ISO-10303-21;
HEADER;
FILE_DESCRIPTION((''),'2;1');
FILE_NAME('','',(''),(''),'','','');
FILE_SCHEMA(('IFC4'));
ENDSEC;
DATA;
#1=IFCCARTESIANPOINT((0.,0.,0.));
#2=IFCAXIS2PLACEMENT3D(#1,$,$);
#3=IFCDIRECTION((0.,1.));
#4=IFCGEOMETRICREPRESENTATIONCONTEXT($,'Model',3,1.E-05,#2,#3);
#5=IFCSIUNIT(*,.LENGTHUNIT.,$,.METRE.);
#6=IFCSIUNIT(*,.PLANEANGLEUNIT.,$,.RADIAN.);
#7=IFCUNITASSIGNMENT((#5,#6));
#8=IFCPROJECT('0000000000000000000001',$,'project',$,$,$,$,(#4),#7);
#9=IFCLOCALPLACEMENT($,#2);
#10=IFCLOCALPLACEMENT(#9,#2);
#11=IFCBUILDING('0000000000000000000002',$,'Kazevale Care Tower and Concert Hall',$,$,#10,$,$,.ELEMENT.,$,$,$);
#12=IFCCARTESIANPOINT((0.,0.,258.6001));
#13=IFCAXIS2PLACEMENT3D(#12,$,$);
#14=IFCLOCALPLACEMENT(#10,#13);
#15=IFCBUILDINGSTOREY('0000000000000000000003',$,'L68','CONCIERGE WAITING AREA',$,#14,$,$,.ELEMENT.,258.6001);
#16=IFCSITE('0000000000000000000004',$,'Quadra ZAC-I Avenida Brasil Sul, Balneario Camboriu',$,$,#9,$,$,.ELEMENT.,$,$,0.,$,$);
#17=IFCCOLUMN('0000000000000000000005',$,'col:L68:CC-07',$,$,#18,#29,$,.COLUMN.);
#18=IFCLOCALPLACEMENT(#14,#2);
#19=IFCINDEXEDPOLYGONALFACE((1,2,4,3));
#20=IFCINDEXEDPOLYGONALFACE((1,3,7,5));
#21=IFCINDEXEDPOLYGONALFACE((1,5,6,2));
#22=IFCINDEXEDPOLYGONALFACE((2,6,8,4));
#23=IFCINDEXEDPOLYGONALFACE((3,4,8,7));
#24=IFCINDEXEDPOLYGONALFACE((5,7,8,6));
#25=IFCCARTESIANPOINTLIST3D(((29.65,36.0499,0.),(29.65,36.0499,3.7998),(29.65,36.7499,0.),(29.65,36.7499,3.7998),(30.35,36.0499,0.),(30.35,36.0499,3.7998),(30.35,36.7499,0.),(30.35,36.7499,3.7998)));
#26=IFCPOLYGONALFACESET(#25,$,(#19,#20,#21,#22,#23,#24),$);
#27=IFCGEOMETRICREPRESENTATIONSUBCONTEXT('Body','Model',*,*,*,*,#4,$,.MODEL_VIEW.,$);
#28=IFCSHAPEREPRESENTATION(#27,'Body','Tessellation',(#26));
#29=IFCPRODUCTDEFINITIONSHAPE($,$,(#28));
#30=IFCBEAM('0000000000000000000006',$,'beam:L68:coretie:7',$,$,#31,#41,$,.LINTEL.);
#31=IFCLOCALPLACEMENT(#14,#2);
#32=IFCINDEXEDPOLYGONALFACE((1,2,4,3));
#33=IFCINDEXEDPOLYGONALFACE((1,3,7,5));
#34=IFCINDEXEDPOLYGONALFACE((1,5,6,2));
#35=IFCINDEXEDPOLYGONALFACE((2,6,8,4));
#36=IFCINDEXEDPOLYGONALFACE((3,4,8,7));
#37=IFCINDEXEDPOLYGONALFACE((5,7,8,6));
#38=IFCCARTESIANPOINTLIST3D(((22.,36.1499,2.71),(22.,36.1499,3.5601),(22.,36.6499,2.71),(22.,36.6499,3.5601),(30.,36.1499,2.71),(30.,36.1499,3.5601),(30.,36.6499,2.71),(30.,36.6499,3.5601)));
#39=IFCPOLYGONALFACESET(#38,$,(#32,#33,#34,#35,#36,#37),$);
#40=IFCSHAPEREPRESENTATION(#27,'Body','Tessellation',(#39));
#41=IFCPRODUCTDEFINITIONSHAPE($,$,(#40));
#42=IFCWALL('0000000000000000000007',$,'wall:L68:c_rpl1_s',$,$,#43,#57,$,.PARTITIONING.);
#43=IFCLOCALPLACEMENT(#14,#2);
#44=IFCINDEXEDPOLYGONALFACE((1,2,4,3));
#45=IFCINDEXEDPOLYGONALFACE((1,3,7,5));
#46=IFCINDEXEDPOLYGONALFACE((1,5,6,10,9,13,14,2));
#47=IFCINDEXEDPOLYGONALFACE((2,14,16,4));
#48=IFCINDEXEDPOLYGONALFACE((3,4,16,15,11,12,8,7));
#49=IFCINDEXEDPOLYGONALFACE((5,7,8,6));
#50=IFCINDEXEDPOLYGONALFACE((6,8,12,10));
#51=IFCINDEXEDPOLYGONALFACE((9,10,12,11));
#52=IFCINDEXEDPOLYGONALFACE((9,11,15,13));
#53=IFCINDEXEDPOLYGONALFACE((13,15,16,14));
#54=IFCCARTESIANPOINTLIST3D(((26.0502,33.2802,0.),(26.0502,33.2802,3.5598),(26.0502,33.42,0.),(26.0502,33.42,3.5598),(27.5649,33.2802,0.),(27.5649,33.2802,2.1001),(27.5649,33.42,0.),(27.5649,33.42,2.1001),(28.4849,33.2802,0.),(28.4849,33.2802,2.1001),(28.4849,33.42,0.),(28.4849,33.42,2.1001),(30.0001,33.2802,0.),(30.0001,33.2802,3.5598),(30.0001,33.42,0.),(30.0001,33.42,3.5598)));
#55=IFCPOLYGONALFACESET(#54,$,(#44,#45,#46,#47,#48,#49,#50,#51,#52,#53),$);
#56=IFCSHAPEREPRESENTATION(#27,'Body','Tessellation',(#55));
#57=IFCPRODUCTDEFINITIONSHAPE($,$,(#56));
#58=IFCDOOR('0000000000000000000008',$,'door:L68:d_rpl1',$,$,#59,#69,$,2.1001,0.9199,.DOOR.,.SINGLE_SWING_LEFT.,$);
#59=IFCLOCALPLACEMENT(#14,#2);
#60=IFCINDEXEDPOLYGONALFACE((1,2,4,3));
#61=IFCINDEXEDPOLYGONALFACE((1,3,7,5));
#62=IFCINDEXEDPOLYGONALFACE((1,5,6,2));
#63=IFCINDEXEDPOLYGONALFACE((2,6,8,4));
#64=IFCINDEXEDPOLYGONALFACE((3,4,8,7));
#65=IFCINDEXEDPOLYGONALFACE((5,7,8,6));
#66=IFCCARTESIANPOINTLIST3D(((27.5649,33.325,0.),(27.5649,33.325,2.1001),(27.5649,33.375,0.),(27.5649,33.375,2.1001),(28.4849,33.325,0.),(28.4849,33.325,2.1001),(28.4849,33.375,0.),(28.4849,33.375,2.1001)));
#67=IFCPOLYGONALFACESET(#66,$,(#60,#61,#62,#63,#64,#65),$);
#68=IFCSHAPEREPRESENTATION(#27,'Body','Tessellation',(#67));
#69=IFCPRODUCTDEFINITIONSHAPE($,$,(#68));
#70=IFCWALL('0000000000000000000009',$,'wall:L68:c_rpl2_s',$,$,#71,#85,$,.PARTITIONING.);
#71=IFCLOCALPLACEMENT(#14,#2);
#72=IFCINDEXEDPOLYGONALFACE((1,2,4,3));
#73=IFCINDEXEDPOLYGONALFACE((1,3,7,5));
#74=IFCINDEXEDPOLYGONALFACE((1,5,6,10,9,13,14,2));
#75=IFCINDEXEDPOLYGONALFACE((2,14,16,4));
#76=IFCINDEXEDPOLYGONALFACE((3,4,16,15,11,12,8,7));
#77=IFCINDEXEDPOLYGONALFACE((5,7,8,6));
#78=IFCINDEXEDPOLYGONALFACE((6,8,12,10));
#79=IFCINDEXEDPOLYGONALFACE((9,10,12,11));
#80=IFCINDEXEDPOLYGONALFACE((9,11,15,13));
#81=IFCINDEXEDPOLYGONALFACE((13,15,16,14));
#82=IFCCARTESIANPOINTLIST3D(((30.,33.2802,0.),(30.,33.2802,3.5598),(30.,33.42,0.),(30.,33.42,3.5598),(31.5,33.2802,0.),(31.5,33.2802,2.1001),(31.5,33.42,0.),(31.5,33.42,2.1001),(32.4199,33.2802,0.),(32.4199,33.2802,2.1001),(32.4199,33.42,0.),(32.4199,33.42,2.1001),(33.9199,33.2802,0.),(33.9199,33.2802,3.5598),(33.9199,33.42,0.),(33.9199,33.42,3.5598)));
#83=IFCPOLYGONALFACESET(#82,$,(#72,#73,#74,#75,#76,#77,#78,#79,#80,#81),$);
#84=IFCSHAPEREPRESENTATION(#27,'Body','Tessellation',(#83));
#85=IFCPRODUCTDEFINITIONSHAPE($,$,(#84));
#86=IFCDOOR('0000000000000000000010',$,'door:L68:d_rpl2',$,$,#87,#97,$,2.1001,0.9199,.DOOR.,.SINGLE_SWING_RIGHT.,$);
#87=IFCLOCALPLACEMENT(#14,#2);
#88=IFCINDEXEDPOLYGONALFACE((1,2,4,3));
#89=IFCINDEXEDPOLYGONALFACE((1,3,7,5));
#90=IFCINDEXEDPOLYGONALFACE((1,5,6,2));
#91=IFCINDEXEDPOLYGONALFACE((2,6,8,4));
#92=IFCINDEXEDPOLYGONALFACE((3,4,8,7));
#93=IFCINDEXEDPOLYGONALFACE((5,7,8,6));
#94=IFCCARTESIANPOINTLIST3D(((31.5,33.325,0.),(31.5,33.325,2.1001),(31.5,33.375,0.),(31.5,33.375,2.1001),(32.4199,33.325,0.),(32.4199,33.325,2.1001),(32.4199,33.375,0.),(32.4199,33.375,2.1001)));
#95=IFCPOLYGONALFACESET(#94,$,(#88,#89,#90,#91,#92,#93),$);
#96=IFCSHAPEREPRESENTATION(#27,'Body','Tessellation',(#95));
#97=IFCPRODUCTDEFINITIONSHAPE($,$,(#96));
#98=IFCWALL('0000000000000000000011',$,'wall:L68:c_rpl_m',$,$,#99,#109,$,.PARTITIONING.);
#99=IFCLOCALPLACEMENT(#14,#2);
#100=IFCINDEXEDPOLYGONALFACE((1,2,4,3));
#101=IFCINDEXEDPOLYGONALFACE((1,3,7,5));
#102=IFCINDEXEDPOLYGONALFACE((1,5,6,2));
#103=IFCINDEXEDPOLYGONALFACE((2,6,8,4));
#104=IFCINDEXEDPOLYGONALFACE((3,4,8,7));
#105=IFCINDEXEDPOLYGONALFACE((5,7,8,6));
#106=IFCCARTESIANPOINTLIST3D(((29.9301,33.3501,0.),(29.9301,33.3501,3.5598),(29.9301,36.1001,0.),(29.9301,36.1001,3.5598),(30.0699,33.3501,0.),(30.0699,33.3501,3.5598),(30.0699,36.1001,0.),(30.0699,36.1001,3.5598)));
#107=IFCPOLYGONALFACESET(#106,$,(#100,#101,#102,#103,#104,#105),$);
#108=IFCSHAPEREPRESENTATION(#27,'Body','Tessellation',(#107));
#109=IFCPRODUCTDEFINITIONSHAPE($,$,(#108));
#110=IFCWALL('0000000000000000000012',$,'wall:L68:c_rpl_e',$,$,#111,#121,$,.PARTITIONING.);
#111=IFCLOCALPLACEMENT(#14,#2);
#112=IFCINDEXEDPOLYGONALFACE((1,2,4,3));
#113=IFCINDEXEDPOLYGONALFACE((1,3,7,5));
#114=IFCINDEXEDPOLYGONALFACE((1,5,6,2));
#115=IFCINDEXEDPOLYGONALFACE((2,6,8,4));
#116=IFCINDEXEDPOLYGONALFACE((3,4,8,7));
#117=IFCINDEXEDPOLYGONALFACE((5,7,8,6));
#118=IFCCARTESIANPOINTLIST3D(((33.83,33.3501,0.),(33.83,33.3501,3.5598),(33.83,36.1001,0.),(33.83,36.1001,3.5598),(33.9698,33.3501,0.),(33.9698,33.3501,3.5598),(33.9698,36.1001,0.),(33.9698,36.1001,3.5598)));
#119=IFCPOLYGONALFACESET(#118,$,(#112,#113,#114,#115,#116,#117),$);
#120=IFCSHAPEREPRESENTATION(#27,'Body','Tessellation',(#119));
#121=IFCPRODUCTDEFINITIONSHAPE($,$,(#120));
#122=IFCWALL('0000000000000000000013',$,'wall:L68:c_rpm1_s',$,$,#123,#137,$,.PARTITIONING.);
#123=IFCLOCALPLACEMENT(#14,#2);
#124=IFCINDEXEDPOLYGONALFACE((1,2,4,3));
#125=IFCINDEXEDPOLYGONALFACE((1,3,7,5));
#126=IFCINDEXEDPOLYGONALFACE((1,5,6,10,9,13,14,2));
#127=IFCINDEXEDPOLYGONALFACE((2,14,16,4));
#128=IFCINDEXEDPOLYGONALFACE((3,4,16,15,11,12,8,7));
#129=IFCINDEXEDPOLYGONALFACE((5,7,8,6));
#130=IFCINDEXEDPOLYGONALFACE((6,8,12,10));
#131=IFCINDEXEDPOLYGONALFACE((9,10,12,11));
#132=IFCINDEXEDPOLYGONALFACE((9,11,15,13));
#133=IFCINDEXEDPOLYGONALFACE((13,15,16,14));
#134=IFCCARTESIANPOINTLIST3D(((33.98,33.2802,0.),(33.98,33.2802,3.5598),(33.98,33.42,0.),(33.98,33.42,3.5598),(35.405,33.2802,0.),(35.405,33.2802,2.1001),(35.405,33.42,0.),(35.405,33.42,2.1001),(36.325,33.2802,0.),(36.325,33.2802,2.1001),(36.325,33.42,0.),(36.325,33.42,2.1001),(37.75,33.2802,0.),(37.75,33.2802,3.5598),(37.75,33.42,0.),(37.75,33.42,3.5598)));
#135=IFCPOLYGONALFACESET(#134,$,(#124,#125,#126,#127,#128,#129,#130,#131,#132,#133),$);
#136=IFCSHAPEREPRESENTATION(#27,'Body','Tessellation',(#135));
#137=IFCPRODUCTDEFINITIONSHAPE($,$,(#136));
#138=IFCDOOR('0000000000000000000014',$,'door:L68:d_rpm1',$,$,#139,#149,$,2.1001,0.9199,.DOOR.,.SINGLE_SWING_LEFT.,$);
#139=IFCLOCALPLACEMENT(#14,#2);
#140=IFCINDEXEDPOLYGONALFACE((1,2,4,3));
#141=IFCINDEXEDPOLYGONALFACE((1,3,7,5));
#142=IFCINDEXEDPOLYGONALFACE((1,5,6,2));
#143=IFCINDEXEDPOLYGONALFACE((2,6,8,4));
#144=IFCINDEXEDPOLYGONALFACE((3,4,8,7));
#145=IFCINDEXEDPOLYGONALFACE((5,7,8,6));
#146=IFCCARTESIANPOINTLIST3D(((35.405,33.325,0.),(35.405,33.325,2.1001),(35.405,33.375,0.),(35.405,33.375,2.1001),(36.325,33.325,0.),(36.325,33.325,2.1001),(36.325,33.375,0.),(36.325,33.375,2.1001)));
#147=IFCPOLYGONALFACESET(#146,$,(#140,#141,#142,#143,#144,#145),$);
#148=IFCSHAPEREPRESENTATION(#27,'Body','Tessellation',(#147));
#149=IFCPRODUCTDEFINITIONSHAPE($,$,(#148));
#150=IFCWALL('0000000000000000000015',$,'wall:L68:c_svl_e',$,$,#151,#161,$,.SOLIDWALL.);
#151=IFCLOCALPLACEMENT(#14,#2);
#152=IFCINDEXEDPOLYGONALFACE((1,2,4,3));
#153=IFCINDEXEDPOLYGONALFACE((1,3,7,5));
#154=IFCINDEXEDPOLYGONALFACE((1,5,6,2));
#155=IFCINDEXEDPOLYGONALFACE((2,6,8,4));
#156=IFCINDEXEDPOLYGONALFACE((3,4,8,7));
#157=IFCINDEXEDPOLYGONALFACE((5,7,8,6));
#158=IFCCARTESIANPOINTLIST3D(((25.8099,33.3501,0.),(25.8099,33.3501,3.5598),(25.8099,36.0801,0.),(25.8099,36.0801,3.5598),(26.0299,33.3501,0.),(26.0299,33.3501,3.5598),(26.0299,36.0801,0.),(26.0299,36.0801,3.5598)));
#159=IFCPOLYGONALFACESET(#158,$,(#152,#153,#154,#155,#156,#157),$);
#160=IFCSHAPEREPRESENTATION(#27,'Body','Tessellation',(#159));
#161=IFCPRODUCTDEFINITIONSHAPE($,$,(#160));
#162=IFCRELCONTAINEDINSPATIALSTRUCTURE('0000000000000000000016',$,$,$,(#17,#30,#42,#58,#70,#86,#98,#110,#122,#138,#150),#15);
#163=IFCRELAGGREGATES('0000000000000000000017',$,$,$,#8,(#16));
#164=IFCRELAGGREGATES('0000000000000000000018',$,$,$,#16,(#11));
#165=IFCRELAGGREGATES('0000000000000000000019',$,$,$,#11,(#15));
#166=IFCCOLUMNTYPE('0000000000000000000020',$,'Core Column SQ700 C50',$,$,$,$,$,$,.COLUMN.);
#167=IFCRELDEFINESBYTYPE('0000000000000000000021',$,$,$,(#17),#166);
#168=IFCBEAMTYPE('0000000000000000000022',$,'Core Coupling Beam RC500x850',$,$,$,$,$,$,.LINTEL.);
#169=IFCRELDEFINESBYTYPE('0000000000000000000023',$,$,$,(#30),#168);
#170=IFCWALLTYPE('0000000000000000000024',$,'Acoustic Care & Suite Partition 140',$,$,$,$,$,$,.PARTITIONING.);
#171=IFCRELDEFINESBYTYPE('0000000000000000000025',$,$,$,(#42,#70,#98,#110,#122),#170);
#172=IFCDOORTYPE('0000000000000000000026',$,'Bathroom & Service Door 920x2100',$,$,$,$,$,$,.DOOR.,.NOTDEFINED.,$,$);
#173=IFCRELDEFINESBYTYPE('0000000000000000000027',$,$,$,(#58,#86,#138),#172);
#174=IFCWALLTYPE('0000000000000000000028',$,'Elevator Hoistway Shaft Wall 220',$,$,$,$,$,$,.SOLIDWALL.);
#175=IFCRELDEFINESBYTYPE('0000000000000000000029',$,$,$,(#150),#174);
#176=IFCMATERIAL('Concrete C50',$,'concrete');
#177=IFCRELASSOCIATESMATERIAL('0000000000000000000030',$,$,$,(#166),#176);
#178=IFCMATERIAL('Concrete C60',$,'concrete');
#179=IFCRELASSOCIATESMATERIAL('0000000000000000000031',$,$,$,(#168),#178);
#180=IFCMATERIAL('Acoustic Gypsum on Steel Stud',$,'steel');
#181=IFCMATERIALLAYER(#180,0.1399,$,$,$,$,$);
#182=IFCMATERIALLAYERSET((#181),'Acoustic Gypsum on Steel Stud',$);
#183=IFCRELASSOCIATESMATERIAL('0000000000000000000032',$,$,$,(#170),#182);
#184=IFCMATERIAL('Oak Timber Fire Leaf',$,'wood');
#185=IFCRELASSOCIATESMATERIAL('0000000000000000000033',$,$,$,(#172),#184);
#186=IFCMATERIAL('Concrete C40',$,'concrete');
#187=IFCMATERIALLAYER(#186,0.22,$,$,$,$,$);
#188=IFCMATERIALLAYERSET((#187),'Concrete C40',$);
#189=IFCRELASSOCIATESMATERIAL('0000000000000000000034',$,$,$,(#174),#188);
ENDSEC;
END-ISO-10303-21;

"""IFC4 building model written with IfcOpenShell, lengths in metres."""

from ifc_helpers import new_model, si_unit, direction, frame, frame_2d, origin, origin_2d, place, context, subcontext, project, spatial, rectangle, extrude, material, layer, layer_set, material_profile, profile_set, type_object, element, fill, save


model = new_model("IFC4")

# Units and contexts
model_context = context("Model", 3, precision=1e-05, world=origin(), true_north=direction((0.0, 1.0)))
body_context = subcontext(model_context, "Body", "Model", "MODEL_VIEW")
ifc_project = project(units=[si_unit("LENGTHUNIT", "METRE"), si_unit("PLANEANGLEUNIT", "RADIAN")], contexts=[model_context])

# Site, building, storey
site_placement = place(None, origin())
site = spatial("IfcSite", under=ifc_project, at=site_placement, Name="Quadra ZAC-I Avenida Brasil Sul, Balneario Camboriu", CompositionType="ELEMENT", RefElevation=0.0)
building_placement = place(site_placement, origin())
building = spatial("IfcBuilding", under=site, at=building_placement, Name="Kazevale Care Tower and Concert Hall", CompositionType="ELEMENT")
storey_placement = place(building_placement, frame((0.0, 0.0, 258.6001)))
storey = spatial("IfcBuildingStorey", under=building, at=storey_placement, Name="L68", Description="CONCIERGE WAITING AREA", CompositionType="ELEMENT", Elevation=258.6001)

# Column
ifc_material_1 = material(Name="Concrete C50", Category="concrete")
ifc_material_profile_1 = material_profile(ifc_material_1, rectangle(XDim=0.7, YDim=0.7, at=origin_2d()), Name="RC-SQ700")
ifc_profile_set_1 = profile_set([ifc_material_profile_1], Name="Concrete C50")
column_type = type_object("IfcColumnType", Name="Core Column SQ700 C50", PredefinedType="COLUMN", material=ifc_profile_set_1)
column_placement = place(storey_placement, frame((30.0, 36.3999, 0.0), z_axis=(0.0, 0.0, 1.0), x_axis=(1.0, 0.0, 0.0)))
element("IfcColumn", 1, at=column_placement, inside=storey, type_object=column_type, Name="col:L68:CC-07", PredefinedType="COLUMN", context=body_context, shape_type="SweptSolid", body=[
    extrude(rectangle(XDim=0.7, YDim=0.7, at=origin_2d()), origin(), (0.0, 0.0, 1.0), 3.7998),
])

# Beam
ifc_material_2 = material(Name="Concrete C60", Category="concrete")
ifc_material_profile_2 = material_profile(ifc_material_2, rectangle(XDim=0.5, YDim=0.8501, at=origin_2d()), Name="RC-B500x850")
ifc_profile_set_2 = profile_set([ifc_material_profile_2], Name="Concrete C60")
beam_type = type_object("IfcBeamType", Name="Core Coupling Beam RC500x850", PredefinedType="LINTEL", material=ifc_profile_set_2)
beam_placement = place(storey_placement, frame((30.0, 36.3999, 3.135), z_axis=(-1.0, 0.0, 0.0), x_axis=(0.0, -1.0, 0.0)))
element("IfcBeam", 2, at=beam_placement, inside=storey, type_object=beam_type, Name="beam:L68:coretie:7", PredefinedType="LINTEL", context=body_context, shape_type="SweptSolid", body=[
    extrude(rectangle(XDim=0.5, YDim=0.8501, at=origin_2d()), origin(), (0.0, 0.0, 1.0), 8.0),
])

# Walls, openings, doors
ifc_material_3 = material(Name="Acoustic Gypsum on Steel Stud", Category="steel")
ifc_layer_1 = layer(ifc_material_3, 0.1399)
ifc_layer_set_1 = layer_set([ifc_layer_1], Name="Acoustic Gypsum on Steel Stud")
wall_type_1 = type_object("IfcWallType", Name="Acoustic Care & Suite Partition 140", PredefinedType="PARTITIONING", material=ifc_layer_set_1)
wall_1_placement = place(storey_placement, frame((26.05, 33.3501, 0.0), z_axis=(0.0, 0.0, 1.0), x_axis=(1.0, 0.0, 0.0)))
wall_1 = element("IfcWall", 3, at=wall_1_placement, inside=storey, type_object=wall_type_1, Name="wall:L68:c_rpl1_s", PredefinedType="PARTITIONING", context=body_context, shape_type="SweptSolid", body=[
    extrude(rectangle(XDim=3.95, YDim=0.1399, at=frame_2d((1.9751, 0.0))), origin(), (0.0, 0.0, 1.0), 3.5598),
])
opening_1_placement = place(wall_1_placement, frame((1.5149, 0.0, 0.0)))
opening_1 = element("IfcOpeningElement", 4, at=opening_1_placement, cuts=wall_1, PredefinedType="OPENING", context=body_context, shape_type="SweptSolid", body=[
    extrude(rectangle(XDim=0.9199, YDim=2.1001, at=frame_2d((0.46, 1.05))), frame((0.0, 0.0798, 0.0), z_axis=(0.0, -1.0, 0.0), x_axis=(1.0, 0.0, 0.0)), (0.0, 0.0, 1.0), 0.1599),
])
ifc_material_4 = material(Name="Oak Timber Fire Leaf", Category="wood")
door_type_1 = type_object("IfcDoorType", Name="Bathroom & Service Door 920x2100", OperationType="NOTDEFINED", PredefinedType="DOOR", material=ifc_material_4)
door_1_placement = place(opening_1_placement, origin())
door_1 = element("IfcDoor", 5, at=door_1_placement, inside=storey, type_object=door_type_1, Name="door:L68:d_rpl1", OperationType="SINGLE_SWING_LEFT", OverallHeight=2.1001, OverallWidth=0.9199, PredefinedType="DOOR", context=body_context, shape_type="SweptSolid", body=[
    extrude(rectangle(XDim=0.9199, YDim=2.1001, at=frame_2d((0.46, 1.05))), frame((0.0, 0.0249, 0.0), z_axis=(0.0, -1.0, 0.0), x_axis=(1.0, 0.0, 0.0)), (0.0, 0.0, 1.0), 0.05),
])
fill(opening_1, door_1)
wall_2_placement = place(storey_placement, frame((30.0, 33.3501, 0.0), z_axis=(0.0, 0.0, 1.0), x_axis=(1.0, 0.0, 0.0)))
wall_2 = element("IfcWall", 6, at=wall_2_placement, inside=storey, type_object=wall_type_1, Name="wall:L68:c_rpl2_s", PredefinedType="PARTITIONING", context=body_context, shape_type="SweptSolid", body=[
    extrude(rectangle(XDim=3.9199, YDim=0.1399, at=frame_2d((1.96, 0.0))), origin(), (0.0, 0.0, 1.0), 3.5598),
])
opening_2_placement = place(wall_2_placement, frame((1.5, 0.0, 0.0)))
opening_2 = element("IfcOpeningElement", 7, at=opening_2_placement, cuts=wall_2, PredefinedType="OPENING", context=body_context, shape_type="SweptSolid", body=[
    extrude(rectangle(XDim=0.9199, YDim=2.1001, at=frame_2d((0.46, 1.05))), frame((0.0, 0.0798, 0.0), z_axis=(0.0, -1.0, 0.0), x_axis=(1.0, 0.0, 0.0)), (0.0, 0.0, 1.0), 0.1599),
])
door_2_placement = place(opening_2_placement, origin())
door_2 = element("IfcDoor", 8, at=door_2_placement, inside=storey, type_object=door_type_1, Name="door:L68:d_rpl2", OperationType="SINGLE_SWING_RIGHT", OverallHeight=2.1001, OverallWidth=0.9199, PredefinedType="DOOR", context=body_context, shape_type="SweptSolid", body=[
    extrude(rectangle(XDim=0.9199, YDim=2.1001, at=frame_2d((0.46, 1.05))), frame((0.0, 0.0249, 0.0), z_axis=(0.0, -1.0, 0.0), x_axis=(1.0, 0.0, 0.0)), (0.0, 0.0, 1.0), 0.05),
])
fill(opening_2, door_2)

# Walls
for number, where, z_axis, x_axis, name in (
    (9, (30.0, 33.3501, 0.0), (0.0, 0.0, 1.0), (0.0, 1.0, 0.0), "wall:L68:c_rpl_m"),
    (10, (33.8999, 33.3501, 0.0), (0.0, 0.0, 1.0), (0.0, 1.0, 0.0), "wall:L68:c_rpl_e"),
):
    element("IfcWall", number, at=place(storey_placement, frame(where, z_axis=z_axis, x_axis=x_axis)), inside=storey, type_object=wall_type_1, Name=name, PredefinedType="PARTITIONING", context=body_context, shape_type="SweptSolid", body=[
        extrude(rectangle(XDim=2.75, YDim=0.1399, at=frame_2d((1.375, 0.0))), origin(), (0.0, 0.0, 1.0), 3.5598),
    ])

# Wall, opening, door
wall_3_placement = place(storey_placement, frame((33.98, 33.3501, 0.0), z_axis=(0.0, 0.0, 1.0), x_axis=(1.0, 0.0, 0.0)))
wall_3 = element("IfcWall", 11, at=wall_3_placement, inside=storey, type_object=wall_type_1, Name="wall:L68:c_rpm1_s", PredefinedType="PARTITIONING", context=body_context, shape_type="SweptSolid", body=[
    extrude(rectangle(XDim=3.77, YDim=0.1399, at=frame_2d((1.885, 0.0))), origin(), (0.0, 0.0, 1.0), 3.5598),
])
opening_3_placement = place(wall_3_placement, frame((1.425, 0.0, 0.0)))
opening_3 = element("IfcOpeningElement", 12, at=opening_3_placement, cuts=wall_3, PredefinedType="OPENING", context=body_context, shape_type="SweptSolid", body=[
    extrude(rectangle(XDim=0.9199, YDim=2.1001, at=frame_2d((0.46, 1.05))), frame((0.0, 0.0798, 0.0), z_axis=(0.0, -1.0, 0.0), x_axis=(1.0, 0.0, 0.0)), (0.0, 0.0, 1.0), 0.1599),
])
door_3_placement = place(opening_3_placement, origin())
door_3 = element("IfcDoor", 13, at=door_3_placement, inside=storey, type_object=door_type_1, Name="door:L68:d_rpm1", OperationType="SINGLE_SWING_LEFT", OverallHeight=2.1001, OverallWidth=0.9199, PredefinedType="DOOR", context=body_context, shape_type="SweptSolid", body=[
    extrude(rectangle(XDim=0.9199, YDim=2.1001, at=frame_2d((0.46, 1.05))), frame((0.0, 0.0249, 0.0), z_axis=(0.0, -1.0, 0.0), x_axis=(1.0, 0.0, 0.0)), (0.0, 0.0, 1.0), 0.05),
])
fill(opening_3, door_3)

# Wall
ifc_material_5 = material(Name="Concrete C40", Category="concrete")
ifc_layer_2 = layer(ifc_material_5, 0.22)
ifc_layer_set_2 = layer_set([ifc_layer_2], Name="Concrete C40")
wall_type_2 = type_object("IfcWallType", Name="Elevator Hoistway Shaft Wall 220", PredefinedType="SOLIDWALL", material=ifc_layer_set_2)
wall_4_placement = place(storey_placement, frame((25.9199, 33.3501, 0.0), z_axis=(0.0, 0.0, 1.0), x_axis=(0.0, 1.0, 0.0)))
element("IfcWall", 14, at=wall_4_placement, inside=storey, type_object=wall_type_2, Name="wall:L68:c_svl_e", PredefinedType="SOLIDWALL", context=body_context, shape_type="SweptSolid", body=[
    extrude(rectangle(XDim=2.73, YDim=0.22, at=frame_2d((1.365, 0.0))), origin(), (0.0, 0.0, 1.0), 3.5598),
])

save(model, "model.ifc")
